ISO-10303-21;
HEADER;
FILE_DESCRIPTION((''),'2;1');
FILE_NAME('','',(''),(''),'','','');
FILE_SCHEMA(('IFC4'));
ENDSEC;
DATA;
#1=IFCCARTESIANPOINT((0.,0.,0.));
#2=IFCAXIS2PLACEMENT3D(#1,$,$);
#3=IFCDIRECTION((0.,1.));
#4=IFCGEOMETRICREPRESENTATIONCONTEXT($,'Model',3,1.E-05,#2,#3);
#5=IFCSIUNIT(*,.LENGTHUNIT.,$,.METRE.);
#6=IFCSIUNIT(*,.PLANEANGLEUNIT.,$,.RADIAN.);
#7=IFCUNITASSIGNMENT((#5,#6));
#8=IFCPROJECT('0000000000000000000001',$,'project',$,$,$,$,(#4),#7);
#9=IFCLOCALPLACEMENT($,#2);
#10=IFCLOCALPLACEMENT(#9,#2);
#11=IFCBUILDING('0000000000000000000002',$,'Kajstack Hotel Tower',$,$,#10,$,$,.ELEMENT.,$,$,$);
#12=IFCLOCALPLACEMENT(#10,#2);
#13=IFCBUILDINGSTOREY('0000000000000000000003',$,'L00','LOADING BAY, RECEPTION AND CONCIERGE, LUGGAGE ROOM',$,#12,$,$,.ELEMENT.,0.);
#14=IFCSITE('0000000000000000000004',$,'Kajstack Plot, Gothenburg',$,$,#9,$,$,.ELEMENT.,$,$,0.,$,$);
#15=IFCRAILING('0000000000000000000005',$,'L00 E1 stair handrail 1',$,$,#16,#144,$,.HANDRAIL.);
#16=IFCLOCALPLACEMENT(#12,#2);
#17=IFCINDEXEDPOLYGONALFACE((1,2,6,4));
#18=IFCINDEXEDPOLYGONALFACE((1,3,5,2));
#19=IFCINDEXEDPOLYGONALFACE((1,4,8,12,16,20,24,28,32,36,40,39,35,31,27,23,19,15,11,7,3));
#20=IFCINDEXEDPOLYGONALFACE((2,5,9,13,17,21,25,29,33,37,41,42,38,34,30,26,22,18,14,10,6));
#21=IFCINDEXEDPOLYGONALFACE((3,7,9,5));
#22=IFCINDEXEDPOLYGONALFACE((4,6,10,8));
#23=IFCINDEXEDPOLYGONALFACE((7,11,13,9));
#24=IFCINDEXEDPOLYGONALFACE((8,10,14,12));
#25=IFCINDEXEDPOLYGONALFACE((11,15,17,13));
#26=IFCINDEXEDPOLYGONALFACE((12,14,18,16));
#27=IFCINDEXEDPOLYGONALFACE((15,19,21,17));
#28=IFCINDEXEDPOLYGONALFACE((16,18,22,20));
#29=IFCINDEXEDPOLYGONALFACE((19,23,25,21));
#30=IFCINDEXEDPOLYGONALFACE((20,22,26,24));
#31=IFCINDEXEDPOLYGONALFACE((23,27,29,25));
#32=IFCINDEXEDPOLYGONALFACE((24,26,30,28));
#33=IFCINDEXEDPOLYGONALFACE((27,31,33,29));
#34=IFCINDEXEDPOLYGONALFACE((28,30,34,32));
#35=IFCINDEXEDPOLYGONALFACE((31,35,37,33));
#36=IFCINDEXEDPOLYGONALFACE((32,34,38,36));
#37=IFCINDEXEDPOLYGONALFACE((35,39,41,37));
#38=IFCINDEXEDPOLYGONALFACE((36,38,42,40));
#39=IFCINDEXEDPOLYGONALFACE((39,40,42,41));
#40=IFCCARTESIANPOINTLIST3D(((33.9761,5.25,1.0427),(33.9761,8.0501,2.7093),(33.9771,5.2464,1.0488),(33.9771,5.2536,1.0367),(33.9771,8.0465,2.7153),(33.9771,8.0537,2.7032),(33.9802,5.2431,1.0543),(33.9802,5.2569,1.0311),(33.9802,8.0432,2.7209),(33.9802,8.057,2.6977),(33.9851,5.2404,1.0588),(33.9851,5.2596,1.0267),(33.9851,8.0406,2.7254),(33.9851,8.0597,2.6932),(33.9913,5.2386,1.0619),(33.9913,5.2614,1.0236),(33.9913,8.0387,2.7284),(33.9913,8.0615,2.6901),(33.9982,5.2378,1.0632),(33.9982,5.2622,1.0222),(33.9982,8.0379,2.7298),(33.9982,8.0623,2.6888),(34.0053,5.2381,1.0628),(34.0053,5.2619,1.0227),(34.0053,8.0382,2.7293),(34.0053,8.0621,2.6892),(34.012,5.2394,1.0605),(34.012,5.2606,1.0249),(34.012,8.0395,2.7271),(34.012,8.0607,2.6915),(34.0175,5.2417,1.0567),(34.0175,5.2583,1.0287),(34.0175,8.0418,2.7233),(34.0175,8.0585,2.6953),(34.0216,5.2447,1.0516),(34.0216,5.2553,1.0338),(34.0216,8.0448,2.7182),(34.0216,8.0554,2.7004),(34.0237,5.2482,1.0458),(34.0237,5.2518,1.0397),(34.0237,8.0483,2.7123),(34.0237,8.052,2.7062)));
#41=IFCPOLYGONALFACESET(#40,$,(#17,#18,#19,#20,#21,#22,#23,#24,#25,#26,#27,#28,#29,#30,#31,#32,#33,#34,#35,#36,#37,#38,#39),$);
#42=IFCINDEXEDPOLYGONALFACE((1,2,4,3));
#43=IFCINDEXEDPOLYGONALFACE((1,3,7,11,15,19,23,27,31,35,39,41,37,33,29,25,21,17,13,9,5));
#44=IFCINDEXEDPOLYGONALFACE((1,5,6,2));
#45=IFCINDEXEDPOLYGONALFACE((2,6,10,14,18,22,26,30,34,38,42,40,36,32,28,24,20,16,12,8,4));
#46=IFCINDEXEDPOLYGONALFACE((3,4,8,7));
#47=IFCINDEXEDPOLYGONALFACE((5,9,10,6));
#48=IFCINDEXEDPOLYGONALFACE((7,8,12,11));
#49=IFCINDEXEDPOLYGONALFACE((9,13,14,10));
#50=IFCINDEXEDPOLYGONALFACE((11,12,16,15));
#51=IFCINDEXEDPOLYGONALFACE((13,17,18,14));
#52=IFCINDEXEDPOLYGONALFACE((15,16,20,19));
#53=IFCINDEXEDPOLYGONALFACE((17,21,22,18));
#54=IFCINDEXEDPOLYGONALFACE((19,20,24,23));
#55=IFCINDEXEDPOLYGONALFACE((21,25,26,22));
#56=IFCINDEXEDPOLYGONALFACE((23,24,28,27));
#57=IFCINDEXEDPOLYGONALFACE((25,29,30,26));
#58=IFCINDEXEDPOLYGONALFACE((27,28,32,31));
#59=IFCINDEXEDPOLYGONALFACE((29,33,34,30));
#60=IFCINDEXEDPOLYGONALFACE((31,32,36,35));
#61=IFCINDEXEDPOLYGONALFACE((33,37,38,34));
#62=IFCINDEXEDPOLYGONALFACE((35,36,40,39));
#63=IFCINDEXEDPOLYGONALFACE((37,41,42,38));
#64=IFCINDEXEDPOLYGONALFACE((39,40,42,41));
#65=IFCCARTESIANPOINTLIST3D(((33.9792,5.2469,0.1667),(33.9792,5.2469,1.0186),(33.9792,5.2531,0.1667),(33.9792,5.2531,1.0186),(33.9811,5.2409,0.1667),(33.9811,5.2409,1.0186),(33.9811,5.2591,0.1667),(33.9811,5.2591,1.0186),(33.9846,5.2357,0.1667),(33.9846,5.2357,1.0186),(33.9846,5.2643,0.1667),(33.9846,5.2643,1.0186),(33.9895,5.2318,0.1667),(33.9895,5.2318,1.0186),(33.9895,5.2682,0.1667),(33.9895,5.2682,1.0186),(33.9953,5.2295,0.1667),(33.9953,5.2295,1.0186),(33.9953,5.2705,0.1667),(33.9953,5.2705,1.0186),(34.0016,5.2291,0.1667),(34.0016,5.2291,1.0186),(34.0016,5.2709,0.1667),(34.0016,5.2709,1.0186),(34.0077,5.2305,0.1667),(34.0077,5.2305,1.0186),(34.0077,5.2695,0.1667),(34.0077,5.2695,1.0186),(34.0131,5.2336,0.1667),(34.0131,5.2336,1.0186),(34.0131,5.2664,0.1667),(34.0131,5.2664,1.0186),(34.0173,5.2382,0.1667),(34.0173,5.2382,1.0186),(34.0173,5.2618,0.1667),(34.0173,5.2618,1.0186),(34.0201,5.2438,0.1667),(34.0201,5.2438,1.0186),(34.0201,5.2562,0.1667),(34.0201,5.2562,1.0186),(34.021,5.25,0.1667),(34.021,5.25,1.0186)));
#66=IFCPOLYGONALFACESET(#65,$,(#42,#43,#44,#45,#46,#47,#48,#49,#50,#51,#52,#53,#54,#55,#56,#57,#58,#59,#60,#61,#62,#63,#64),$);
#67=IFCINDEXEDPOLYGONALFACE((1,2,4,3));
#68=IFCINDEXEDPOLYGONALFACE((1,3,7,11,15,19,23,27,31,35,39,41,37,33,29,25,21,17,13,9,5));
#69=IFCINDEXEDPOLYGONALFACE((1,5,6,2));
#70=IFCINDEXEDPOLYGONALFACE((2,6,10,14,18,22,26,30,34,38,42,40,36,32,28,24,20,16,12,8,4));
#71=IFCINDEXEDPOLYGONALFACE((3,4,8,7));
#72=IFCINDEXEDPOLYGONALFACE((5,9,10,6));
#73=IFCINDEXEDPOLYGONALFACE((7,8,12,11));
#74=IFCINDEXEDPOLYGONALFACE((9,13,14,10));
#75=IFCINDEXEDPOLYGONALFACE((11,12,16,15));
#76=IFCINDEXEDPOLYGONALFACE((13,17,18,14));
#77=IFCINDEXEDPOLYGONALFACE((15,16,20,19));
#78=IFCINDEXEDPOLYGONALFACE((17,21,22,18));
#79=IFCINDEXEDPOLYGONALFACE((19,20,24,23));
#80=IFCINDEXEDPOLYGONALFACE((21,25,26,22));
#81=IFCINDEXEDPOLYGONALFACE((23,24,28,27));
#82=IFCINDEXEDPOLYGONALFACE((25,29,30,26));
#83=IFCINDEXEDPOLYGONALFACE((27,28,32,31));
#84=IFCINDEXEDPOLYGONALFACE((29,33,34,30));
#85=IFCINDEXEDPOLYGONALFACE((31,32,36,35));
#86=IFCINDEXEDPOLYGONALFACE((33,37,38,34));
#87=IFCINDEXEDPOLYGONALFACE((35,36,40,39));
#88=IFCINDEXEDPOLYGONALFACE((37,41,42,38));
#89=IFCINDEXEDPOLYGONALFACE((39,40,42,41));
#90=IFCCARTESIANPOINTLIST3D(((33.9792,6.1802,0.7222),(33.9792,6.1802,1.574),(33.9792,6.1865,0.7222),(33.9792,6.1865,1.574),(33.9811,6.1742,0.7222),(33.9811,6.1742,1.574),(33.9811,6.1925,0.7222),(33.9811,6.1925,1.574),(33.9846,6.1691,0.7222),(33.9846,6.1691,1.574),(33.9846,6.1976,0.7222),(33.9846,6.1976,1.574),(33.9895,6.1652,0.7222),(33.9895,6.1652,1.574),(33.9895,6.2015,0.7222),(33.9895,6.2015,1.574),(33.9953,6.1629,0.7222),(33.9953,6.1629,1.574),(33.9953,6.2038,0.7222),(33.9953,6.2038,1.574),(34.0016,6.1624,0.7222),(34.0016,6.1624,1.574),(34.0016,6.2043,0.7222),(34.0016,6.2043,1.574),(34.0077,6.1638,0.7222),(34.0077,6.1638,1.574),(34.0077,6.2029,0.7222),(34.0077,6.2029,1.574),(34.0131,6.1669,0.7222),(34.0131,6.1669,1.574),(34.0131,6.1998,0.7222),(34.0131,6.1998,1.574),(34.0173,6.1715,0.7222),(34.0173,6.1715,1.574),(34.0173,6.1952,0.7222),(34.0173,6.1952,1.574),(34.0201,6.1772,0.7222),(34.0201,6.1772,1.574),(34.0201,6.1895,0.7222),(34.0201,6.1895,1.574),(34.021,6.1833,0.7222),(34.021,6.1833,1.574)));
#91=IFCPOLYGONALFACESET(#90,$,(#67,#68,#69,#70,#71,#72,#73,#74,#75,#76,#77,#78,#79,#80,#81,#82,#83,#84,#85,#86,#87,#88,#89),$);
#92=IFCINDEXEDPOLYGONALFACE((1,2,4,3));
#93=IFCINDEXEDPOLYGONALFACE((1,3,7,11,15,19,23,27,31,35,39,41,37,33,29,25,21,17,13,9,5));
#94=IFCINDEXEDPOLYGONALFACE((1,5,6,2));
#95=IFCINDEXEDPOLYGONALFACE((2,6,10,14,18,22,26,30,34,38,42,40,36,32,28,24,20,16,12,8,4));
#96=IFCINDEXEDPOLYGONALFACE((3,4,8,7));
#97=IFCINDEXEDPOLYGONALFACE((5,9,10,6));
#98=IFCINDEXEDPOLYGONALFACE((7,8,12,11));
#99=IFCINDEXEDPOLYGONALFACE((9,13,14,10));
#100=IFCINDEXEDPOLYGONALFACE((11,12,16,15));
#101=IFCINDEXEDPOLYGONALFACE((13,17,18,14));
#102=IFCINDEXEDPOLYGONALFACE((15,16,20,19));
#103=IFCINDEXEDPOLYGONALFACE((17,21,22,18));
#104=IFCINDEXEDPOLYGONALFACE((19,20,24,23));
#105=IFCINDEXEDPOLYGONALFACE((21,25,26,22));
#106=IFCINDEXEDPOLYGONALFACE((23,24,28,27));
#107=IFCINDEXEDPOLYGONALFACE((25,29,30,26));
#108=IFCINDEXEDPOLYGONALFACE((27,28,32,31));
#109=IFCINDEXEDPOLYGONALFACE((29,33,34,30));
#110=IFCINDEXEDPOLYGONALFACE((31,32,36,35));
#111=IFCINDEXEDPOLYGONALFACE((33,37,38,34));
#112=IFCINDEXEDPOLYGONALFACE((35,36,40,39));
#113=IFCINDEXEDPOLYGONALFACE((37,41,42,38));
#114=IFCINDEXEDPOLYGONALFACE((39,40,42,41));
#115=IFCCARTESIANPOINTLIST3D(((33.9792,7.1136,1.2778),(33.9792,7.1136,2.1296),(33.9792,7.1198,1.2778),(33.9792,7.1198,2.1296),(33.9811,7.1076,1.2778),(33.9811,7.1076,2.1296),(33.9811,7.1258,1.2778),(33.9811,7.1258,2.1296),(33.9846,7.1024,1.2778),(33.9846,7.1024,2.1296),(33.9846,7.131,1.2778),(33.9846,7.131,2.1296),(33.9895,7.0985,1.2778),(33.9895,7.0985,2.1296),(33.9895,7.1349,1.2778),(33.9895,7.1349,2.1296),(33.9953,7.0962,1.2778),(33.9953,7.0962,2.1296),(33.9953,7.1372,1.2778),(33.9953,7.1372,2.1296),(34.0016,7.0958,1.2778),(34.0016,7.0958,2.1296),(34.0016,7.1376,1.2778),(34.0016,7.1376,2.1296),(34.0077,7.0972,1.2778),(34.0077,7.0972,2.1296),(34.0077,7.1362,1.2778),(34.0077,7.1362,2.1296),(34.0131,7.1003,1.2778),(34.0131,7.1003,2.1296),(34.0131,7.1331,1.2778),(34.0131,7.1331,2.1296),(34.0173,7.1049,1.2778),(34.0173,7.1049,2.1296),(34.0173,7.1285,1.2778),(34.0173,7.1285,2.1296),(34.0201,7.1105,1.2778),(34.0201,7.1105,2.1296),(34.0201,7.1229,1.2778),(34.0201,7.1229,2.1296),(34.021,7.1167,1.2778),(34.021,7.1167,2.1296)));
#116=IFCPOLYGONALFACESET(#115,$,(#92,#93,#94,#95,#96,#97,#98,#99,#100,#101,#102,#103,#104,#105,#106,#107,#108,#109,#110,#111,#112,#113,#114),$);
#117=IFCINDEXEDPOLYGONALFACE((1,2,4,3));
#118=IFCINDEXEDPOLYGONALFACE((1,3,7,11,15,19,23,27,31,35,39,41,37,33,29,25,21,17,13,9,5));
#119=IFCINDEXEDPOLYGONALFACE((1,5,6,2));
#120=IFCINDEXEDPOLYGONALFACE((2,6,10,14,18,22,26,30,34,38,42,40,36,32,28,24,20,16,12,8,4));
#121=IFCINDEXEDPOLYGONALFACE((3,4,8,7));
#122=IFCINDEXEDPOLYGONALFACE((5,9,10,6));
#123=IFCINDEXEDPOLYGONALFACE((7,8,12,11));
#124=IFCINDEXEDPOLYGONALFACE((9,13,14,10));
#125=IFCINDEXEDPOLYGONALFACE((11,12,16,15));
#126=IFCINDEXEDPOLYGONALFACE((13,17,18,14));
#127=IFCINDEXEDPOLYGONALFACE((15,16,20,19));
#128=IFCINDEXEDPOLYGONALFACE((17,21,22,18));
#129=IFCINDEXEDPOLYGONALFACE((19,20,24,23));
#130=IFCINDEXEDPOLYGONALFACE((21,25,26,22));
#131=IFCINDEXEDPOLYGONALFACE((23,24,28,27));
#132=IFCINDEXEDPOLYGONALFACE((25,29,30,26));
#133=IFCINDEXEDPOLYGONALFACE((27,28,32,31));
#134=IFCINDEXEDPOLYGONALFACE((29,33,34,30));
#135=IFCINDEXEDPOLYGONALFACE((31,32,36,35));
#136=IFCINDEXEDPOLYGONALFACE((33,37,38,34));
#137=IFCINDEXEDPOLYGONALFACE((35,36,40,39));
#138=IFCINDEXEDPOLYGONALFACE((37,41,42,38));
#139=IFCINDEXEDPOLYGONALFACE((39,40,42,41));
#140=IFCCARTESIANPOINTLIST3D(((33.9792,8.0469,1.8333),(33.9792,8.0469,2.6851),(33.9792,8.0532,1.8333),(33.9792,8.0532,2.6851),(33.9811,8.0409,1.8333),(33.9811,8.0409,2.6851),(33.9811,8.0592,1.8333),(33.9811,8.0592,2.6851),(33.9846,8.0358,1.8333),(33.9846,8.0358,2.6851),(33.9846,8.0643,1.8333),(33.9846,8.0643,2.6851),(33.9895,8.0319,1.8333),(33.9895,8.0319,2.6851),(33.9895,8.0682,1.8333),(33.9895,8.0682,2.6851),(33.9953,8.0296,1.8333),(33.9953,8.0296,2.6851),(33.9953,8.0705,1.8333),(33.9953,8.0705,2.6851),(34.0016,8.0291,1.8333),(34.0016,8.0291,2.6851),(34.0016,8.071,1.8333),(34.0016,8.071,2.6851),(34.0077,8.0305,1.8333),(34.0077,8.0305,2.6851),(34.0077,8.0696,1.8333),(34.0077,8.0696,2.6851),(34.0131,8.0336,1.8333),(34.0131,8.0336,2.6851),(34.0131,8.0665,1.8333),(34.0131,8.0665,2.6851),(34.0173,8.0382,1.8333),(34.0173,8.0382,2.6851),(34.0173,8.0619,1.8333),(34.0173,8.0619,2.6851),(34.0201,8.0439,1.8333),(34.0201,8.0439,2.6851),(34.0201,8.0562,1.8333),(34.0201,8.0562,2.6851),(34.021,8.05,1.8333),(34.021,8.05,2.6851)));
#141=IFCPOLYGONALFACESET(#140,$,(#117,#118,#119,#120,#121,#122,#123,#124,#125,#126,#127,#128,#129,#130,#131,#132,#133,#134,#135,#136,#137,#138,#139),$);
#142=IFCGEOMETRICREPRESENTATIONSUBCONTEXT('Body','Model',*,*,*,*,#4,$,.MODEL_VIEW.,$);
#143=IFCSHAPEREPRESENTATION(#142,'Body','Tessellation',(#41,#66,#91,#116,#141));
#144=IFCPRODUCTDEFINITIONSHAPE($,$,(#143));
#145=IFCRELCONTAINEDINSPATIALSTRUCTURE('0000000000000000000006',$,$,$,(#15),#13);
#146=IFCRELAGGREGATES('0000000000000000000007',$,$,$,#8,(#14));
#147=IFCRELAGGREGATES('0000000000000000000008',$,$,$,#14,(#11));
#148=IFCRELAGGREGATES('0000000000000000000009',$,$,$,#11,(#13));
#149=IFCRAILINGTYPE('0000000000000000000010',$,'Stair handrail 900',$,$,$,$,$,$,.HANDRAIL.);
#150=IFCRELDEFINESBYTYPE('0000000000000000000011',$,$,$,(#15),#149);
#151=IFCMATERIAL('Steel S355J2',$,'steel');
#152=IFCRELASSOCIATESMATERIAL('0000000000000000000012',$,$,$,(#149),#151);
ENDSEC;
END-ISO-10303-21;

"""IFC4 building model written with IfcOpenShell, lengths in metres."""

from ifc_helpers import new_model, si_unit, direction, frame, origin, origin_2d, place, context, subcontext, project, spatial, circle, extrude, material, type_object, element, save


model = new_model("IFC4")

# Units and contexts
model_context = context("Model", 3, precision=1e-05, world=origin(), true_north=direction((0.0, 1.0)))
body_context = subcontext(model_context, "Body", "Model", "MODEL_VIEW")
ifc_project = project(units=[si_unit("LENGTHUNIT", "METRE"), si_unit("PLANEANGLEUNIT", "RADIAN")], contexts=[model_context])

# Site, building, storey
site_placement = place(None, origin())
site = spatial("IfcSite", under=ifc_project, at=site_placement, Name="Kajstack Plot, Gothenburg", CompositionType="ELEMENT", RefElevation=0.0)
building_placement = place(site_placement, origin())
building = spatial("IfcBuilding", under=site, at=building_placement, Name="Kajstack Hotel Tower", CompositionType="ELEMENT")
storey_placement = place(building_placement, origin())
storey = spatial("IfcBuildingStorey", under=building, at=storey_placement, Name="L00", Description="LOADING BAY, RECEPTION AND CONCIERGE, LUGGAGE ROOM", CompositionType="ELEMENT", Elevation=0.0)

# Railing
ifc_material_1 = material(Name="Steel S355J2", Category="steel")
railing_type_1 = type_object("IfcRailingType", Name="Stair handrail 900", PredefinedType="HANDRAIL", material=ifc_material_1)
railing_1_placement = place(storey_placement, frame((34.0, 5.25, 0.1667)))
element("IfcRailing", 1, at=railing_1_placement, inside=storey, type_object=railing_type_1, Name="L00 E1 stair handrail 1", PredefinedType="HANDRAIL", context=body_context, shape_type="SweptSolid", body=[
    extrude(circle(Radius=0.0239, at=origin_2d()), frame((0.0, 0.0, 0.876), z_axis=(0.0, 0.859319, 0.51144), x_axis=(-1.0, 0.0, 0.0)), (0.0, 0.0, 1.0), 3.2585),
    extrude(circle(Radius=0.021, at=origin_2d()), origin(), (0.0, 0.0, 1.0), 0.8518),
    extrude(circle(Radius=0.021, at=origin_2d()), frame((0.0, 0.9333, 0.5554)), (0.0, 0.0, 1.0), 0.8518),
    extrude(circle(Radius=0.021, at=origin_2d()), frame((0.0, 1.8667, 1.1111)), (0.0, 0.0, 1.0), 0.8518),
    extrude(circle(Radius=0.021, at=origin_2d()), frame((0.0, 2.8, 1.6665)), (0.0, 0.0, 1.0), 0.8518),
])

save(model, "model.ifc")
